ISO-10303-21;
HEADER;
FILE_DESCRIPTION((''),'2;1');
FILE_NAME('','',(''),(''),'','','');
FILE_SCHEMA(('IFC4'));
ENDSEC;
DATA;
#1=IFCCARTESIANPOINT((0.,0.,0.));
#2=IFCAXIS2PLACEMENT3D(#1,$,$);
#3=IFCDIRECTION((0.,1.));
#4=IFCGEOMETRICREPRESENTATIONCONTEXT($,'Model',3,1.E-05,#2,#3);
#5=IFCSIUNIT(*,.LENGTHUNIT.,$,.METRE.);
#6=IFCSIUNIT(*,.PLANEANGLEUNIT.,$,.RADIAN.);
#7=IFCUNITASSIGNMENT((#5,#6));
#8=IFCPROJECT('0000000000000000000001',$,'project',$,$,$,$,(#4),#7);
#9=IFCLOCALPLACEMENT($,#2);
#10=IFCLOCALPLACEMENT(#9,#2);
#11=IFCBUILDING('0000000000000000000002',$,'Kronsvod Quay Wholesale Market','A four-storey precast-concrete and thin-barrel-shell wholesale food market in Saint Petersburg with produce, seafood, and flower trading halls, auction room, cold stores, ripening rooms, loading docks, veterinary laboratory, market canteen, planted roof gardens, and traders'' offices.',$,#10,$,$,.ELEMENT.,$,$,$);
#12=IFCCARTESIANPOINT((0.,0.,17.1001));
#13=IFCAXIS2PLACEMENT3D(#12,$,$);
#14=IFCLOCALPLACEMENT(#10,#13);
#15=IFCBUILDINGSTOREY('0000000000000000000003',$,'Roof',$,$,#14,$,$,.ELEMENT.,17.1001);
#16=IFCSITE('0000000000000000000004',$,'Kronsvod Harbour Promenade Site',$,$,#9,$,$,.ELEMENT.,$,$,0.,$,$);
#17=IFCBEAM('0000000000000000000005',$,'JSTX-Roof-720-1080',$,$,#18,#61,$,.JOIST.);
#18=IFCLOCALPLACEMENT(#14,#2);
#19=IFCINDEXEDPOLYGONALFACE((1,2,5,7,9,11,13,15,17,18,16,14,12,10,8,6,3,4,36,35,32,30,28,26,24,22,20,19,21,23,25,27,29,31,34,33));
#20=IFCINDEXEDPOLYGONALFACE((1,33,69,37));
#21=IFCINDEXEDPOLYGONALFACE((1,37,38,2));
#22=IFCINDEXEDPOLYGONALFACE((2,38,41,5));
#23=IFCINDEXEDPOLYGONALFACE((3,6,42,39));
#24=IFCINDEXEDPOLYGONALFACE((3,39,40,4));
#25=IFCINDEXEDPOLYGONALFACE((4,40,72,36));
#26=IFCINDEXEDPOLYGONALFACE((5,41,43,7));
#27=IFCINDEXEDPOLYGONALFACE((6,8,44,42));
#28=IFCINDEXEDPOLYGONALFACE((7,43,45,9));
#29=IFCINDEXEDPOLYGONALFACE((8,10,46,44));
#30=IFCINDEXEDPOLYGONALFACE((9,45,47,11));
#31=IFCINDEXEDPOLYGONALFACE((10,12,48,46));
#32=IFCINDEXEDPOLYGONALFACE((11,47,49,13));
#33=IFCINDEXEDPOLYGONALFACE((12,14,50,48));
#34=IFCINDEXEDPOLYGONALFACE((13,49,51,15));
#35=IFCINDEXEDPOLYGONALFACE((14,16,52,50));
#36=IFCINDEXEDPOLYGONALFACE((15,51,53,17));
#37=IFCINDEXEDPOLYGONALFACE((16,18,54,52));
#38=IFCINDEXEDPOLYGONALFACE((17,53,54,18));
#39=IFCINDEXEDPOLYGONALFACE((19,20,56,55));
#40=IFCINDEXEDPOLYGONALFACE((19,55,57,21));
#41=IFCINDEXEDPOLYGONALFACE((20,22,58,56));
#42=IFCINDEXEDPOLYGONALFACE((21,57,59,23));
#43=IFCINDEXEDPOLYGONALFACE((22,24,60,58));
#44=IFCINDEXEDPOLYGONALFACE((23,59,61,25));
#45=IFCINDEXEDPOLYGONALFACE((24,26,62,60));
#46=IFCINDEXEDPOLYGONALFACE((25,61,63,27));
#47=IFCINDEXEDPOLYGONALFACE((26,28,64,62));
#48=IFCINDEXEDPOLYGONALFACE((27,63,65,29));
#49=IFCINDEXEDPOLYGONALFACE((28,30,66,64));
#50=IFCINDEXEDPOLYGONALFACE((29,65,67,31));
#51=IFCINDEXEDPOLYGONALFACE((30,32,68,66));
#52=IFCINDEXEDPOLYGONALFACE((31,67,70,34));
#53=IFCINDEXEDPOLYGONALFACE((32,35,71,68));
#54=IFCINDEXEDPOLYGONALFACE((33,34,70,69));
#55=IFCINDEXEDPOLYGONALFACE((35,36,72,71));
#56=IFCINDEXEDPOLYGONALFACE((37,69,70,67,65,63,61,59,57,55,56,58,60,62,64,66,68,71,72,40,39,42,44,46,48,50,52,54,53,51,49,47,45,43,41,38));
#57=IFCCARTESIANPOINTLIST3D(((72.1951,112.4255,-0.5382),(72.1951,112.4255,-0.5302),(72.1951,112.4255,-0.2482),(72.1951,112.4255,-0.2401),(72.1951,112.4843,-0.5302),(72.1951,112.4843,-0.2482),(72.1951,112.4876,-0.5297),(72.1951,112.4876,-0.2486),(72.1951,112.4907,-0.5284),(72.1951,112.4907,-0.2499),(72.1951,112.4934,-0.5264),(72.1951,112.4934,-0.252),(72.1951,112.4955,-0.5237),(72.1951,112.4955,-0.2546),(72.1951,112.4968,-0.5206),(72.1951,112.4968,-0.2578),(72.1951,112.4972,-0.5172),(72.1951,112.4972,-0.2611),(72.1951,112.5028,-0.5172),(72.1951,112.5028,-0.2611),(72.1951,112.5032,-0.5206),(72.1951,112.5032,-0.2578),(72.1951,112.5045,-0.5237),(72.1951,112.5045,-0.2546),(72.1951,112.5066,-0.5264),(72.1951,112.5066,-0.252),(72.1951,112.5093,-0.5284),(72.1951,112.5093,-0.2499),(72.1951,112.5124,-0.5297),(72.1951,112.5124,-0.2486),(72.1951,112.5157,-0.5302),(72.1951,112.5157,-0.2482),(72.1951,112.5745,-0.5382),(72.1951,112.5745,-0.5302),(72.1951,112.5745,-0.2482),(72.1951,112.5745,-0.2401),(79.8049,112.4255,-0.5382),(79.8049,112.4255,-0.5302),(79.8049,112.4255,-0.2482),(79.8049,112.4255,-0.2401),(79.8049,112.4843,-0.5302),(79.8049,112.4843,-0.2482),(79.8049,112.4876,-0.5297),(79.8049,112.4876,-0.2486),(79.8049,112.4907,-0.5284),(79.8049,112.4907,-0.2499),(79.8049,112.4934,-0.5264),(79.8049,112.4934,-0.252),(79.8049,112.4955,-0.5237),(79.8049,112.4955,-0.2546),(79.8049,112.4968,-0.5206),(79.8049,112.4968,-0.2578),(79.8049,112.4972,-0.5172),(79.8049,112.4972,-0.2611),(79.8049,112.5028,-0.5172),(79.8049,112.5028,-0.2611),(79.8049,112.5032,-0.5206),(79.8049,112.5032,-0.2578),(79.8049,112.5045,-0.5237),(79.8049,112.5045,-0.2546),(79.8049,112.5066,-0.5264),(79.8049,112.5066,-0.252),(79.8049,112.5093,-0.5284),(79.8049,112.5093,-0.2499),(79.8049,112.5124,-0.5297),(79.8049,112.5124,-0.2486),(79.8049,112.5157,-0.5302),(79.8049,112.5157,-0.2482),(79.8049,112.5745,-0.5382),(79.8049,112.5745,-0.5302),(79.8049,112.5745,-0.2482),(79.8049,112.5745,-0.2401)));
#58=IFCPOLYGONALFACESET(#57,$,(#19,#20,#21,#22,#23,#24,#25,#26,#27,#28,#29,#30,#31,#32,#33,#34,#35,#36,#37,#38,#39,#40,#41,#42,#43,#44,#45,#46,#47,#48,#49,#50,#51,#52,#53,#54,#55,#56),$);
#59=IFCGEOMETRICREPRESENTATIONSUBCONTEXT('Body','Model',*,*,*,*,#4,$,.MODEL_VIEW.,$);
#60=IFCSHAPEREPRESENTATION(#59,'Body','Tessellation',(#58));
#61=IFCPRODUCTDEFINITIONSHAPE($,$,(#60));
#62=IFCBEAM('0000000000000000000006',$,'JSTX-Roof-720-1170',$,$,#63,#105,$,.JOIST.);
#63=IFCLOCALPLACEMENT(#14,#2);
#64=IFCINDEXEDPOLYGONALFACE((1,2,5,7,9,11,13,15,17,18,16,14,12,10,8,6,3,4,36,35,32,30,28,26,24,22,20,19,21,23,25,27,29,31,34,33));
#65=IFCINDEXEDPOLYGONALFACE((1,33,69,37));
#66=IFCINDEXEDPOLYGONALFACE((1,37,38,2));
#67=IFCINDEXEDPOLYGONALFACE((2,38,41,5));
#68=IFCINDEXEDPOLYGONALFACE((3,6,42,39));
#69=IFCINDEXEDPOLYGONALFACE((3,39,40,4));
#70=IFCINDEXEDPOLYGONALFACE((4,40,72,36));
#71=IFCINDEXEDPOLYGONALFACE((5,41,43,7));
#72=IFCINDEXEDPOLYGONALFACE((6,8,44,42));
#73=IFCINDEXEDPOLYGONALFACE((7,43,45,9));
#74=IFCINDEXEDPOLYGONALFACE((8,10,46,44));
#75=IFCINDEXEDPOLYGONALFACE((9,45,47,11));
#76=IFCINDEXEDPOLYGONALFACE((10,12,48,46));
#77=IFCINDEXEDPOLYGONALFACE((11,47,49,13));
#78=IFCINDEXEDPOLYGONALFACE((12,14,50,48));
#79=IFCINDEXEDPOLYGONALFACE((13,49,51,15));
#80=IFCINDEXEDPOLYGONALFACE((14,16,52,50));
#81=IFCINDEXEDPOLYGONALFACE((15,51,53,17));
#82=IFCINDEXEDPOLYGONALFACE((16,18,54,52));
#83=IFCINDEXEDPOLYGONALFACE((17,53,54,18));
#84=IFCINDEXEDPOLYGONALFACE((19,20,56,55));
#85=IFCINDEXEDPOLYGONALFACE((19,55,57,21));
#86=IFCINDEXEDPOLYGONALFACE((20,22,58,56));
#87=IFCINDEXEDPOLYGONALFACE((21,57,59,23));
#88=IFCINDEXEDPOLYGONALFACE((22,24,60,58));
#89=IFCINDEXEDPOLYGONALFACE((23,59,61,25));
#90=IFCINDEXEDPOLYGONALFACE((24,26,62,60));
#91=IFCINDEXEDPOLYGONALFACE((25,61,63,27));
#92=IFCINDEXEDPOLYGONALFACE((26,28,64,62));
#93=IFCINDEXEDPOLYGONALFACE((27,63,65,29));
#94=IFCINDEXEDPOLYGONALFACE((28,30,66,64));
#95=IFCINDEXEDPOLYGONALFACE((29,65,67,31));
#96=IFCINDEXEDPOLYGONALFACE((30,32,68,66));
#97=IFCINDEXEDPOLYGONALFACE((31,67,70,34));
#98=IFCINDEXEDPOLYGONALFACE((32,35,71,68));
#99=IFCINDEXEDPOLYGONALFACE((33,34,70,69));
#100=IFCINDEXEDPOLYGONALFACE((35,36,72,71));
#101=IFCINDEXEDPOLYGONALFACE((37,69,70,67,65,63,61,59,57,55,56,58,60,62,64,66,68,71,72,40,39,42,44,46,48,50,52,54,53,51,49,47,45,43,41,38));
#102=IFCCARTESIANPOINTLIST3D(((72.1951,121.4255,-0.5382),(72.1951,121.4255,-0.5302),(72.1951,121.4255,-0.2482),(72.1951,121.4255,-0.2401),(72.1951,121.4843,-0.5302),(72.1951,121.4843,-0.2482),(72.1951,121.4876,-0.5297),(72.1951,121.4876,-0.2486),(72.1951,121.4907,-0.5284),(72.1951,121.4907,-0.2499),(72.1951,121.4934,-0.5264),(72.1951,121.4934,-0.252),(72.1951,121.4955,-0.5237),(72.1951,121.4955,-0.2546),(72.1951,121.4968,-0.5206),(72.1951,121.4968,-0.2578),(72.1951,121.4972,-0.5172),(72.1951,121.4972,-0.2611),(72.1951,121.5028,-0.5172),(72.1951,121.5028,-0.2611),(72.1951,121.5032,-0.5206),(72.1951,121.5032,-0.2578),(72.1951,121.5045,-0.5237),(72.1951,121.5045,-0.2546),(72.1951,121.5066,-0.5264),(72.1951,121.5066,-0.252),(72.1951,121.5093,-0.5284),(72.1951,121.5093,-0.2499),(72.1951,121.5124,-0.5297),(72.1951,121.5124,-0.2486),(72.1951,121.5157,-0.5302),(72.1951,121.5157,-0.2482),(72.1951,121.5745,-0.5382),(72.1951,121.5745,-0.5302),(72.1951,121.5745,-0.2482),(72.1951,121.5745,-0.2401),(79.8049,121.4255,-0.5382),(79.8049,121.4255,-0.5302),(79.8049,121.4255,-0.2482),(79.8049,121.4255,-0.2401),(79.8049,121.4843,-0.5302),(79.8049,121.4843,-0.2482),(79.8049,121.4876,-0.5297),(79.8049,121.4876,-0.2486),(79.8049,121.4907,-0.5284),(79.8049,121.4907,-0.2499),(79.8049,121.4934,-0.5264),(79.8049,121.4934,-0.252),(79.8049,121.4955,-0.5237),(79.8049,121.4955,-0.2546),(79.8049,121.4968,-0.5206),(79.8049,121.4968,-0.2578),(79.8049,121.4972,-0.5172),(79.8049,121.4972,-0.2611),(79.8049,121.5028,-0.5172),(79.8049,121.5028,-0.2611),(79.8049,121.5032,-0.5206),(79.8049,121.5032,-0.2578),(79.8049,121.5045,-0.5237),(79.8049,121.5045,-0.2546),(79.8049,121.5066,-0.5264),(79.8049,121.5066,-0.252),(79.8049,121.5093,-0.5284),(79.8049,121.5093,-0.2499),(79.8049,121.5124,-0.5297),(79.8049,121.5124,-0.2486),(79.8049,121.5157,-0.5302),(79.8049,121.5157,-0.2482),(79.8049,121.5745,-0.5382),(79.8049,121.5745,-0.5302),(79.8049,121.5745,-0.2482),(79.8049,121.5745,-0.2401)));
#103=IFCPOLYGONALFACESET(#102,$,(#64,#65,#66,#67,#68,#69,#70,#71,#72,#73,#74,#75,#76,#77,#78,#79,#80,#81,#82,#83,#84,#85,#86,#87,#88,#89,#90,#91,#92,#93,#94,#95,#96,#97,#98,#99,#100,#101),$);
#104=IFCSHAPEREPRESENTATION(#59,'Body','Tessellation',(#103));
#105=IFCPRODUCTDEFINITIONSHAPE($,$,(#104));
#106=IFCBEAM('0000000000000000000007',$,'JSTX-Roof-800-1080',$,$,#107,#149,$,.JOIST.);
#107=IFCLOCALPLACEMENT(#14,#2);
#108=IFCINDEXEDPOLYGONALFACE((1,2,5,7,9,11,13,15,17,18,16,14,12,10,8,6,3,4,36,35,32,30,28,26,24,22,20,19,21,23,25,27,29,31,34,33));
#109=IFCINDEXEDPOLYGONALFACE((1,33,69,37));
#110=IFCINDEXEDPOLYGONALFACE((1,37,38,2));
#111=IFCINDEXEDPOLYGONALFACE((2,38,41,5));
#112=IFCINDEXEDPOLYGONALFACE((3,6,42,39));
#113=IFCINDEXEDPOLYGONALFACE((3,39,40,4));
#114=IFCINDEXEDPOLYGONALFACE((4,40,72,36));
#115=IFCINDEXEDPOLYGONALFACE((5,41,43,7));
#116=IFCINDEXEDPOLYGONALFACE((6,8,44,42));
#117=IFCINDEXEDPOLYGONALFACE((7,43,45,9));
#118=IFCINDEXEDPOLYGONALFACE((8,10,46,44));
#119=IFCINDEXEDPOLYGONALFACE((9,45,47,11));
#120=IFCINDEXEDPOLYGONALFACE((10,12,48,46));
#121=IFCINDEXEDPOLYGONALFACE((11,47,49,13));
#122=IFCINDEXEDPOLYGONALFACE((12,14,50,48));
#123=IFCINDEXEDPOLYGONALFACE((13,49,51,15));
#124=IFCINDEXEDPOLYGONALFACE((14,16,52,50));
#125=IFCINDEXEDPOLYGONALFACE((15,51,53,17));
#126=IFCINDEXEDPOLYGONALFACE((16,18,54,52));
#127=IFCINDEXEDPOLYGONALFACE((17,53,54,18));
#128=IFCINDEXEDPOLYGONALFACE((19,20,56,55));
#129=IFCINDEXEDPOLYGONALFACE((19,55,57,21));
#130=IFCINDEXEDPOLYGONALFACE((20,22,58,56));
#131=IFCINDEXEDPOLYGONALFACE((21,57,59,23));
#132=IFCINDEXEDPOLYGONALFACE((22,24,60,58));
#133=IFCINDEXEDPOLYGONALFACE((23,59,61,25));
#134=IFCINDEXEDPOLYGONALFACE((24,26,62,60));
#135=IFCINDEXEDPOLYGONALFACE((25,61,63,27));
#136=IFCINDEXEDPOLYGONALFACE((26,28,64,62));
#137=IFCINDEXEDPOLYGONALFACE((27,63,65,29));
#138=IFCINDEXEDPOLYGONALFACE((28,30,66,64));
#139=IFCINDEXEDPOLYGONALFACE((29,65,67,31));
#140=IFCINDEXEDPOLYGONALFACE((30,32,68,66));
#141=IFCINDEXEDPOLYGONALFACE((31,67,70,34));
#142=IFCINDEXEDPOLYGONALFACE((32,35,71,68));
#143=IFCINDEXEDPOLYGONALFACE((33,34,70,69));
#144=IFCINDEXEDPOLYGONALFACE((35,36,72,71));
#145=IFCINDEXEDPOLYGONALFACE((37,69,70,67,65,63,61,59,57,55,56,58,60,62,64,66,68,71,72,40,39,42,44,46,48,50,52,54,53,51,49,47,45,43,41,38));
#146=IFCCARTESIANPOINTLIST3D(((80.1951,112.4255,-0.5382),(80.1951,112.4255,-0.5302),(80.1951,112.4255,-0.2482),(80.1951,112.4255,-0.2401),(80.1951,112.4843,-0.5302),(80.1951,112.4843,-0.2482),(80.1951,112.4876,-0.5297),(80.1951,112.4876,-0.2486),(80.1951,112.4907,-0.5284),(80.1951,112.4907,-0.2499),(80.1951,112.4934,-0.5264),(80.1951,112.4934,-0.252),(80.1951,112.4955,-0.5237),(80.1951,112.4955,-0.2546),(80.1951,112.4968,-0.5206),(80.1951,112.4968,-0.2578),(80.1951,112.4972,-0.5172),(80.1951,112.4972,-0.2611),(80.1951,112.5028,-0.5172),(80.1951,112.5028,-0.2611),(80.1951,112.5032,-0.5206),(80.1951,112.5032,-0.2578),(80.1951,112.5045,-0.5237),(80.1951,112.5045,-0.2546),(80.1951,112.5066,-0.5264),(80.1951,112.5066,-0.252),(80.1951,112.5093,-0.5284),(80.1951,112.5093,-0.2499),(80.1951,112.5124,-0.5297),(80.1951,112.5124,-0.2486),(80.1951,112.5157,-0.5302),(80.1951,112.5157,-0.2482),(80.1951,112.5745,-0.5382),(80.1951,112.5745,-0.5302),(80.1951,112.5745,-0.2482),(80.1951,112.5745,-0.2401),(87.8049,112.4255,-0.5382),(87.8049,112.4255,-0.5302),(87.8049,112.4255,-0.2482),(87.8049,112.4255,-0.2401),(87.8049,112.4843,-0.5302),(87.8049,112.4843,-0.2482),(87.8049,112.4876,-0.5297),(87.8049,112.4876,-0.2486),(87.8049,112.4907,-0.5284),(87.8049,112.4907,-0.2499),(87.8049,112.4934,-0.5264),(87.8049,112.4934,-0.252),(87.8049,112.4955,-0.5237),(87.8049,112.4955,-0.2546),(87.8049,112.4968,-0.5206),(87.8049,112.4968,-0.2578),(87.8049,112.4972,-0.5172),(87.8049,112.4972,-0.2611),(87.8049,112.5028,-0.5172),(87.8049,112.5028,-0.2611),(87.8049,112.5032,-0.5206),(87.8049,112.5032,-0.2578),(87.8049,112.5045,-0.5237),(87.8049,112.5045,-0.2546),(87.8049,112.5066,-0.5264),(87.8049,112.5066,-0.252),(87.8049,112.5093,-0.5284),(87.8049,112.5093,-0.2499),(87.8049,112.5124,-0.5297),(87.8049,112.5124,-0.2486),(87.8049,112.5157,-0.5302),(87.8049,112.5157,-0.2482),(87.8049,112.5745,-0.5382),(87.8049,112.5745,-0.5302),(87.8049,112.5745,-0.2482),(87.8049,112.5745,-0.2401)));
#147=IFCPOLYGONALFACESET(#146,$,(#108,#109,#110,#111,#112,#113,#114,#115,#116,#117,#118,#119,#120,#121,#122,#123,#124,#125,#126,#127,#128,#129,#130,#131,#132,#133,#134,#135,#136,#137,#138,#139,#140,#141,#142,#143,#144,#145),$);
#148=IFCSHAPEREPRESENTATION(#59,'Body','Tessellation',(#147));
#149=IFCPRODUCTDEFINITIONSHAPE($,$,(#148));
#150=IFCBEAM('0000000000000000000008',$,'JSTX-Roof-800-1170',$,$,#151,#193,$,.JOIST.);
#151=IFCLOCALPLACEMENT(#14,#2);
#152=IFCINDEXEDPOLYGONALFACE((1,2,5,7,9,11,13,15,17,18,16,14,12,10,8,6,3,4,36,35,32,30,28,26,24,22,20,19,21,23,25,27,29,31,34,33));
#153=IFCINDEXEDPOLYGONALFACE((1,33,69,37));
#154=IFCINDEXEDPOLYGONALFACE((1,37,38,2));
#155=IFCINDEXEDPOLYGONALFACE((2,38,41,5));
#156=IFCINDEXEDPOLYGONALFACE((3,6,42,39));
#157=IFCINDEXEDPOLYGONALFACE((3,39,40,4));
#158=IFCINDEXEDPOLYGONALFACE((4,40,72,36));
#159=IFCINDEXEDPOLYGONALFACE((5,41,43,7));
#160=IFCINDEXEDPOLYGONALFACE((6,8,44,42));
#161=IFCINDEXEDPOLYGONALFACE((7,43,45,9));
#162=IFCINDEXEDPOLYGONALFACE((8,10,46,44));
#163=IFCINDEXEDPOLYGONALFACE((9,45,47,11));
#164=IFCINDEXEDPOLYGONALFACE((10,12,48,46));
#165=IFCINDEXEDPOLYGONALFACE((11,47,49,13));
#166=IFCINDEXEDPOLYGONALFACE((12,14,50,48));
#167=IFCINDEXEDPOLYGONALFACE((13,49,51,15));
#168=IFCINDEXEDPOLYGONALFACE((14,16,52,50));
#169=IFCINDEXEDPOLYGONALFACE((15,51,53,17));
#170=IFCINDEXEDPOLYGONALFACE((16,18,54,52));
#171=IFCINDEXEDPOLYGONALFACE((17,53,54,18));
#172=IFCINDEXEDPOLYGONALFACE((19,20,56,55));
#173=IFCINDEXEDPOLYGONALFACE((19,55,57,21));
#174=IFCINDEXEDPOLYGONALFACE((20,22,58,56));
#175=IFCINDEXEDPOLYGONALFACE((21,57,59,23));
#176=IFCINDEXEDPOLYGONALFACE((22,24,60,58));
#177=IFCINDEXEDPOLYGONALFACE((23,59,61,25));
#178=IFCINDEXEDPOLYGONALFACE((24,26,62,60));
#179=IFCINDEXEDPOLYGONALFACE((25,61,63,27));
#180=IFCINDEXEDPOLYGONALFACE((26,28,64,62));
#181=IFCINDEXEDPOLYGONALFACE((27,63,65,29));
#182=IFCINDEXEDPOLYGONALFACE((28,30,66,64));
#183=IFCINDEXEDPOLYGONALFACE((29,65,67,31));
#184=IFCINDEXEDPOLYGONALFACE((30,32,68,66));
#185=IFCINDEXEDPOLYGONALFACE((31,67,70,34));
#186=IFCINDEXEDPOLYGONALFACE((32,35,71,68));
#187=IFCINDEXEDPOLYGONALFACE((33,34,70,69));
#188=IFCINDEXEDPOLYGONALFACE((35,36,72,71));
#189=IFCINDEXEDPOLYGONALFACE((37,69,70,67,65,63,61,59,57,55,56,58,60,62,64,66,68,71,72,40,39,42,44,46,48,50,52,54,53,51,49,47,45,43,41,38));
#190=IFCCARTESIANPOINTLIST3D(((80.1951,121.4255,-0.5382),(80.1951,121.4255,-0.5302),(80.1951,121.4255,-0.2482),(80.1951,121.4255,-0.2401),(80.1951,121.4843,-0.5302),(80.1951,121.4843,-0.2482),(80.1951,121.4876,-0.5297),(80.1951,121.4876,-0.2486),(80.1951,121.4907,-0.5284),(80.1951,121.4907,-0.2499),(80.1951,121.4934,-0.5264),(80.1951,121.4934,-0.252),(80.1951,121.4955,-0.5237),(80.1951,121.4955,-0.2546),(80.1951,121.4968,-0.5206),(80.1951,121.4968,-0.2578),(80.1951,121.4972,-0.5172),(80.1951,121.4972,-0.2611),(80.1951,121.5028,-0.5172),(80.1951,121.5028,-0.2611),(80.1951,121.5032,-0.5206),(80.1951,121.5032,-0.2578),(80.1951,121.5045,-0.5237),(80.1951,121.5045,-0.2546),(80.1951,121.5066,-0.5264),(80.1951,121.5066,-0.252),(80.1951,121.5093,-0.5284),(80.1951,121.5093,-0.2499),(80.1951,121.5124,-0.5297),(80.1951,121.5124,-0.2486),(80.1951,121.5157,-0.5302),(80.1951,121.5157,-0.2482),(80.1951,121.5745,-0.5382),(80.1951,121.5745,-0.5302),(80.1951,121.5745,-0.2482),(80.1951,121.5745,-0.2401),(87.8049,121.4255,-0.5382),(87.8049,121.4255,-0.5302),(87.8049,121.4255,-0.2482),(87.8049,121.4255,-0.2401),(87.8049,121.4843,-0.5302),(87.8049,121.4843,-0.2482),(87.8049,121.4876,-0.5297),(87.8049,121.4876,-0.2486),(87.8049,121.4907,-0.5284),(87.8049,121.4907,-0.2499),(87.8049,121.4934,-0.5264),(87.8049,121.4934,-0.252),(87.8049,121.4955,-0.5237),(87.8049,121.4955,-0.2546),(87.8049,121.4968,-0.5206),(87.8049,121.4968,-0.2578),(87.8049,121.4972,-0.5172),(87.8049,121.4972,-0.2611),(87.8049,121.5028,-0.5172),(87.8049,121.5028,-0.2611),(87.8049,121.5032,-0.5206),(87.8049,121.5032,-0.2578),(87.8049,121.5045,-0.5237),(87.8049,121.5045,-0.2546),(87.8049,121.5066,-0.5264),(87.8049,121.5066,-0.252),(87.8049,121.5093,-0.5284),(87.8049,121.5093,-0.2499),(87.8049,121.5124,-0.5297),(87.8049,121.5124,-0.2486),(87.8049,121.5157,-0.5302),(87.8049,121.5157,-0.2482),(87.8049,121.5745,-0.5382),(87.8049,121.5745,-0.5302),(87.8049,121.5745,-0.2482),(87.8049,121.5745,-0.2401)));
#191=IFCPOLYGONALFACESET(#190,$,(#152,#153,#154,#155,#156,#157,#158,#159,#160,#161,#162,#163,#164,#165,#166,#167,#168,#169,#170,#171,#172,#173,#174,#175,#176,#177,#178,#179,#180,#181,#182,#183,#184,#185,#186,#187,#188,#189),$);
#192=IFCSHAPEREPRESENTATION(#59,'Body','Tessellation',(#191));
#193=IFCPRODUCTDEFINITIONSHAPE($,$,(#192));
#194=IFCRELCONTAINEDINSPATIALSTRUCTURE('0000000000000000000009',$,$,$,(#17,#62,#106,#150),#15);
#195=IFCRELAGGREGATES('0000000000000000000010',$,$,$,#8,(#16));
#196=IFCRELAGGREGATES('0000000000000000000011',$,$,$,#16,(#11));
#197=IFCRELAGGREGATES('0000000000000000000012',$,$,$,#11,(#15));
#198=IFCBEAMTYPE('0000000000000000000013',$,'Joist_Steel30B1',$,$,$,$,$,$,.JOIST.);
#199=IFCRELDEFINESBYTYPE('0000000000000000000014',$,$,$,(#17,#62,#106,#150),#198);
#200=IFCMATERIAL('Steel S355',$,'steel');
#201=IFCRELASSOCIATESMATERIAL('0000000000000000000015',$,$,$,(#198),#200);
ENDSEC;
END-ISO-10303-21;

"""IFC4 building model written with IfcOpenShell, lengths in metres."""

from ifc_helpers import new_model, si_unit, direction, frame, origin, origin_2d, place, context, subcontext, project, spatial, i_section, extrude, material, material_profile, profile_set, type_object, element, save


model = new_model("IFC4")

# Units and contexts
model_context = context("Model", 3, precision=1e-05, world=origin(), true_north=direction((0.0, 1.0)))
body_context = subcontext(model_context, "Body", "Model", "MODEL_VIEW")
ifc_project = project(units=[si_unit("LENGTHUNIT", "METRE"), si_unit("PLANEANGLEUNIT", "RADIAN")], contexts=[model_context])

# Site, building, storey
site_placement = place(None, origin())
site = spatial("IfcSite", under=ifc_project, at=site_placement, Name="Kronsvod Harbour Promenade Site", CompositionType="ELEMENT", RefElevation=0.0)
building_placement = place(site_placement, origin())
building = spatial("IfcBuilding", under=site, at=building_placement, Name="Kronsvod Quay Wholesale Market", Description="A four-storey precast-concrete and thin-barrel-shell wholesale food market in Saint Petersburg with produce, seafood, and flower trading halls, auction room, cold stores, ripening rooms, loading docks, veterinary laboratory, market canteen, planted roof gardens, and traders' offices.", CompositionType="ELEMENT")
storey_placement = place(building_placement, frame((0.0, 0.0, 17.1001)))
storey = spatial("IfcBuildingStorey", under=building, at=storey_placement, Name="Roof", CompositionType="ELEMENT", Elevation=17.1001)

# Beams
ifc_material_1 = material(Name="Steel S355", Category="steel")
ifc_material_profile_1 = material_profile(ifc_material_1, i_section(OverallWidth=0.1489, OverallDepth=0.2981, WebThickness=0.0056, FlangeThickness=0.0081, FilletRadius=0.0129, at=origin_2d()), Name="30B1")
ifc_profile_set_1 = profile_set([ifc_material_profile_1], Name="Steel S355")
beam_type_1 = type_object("IfcBeamType", Name="Joist_Steel30B1", PredefinedType="JOIST", material=ifc_profile_set_1)
for number, where, z_axis, x_axis, name in (
    (1, (72.1951, 112.5, -0.3892), (1.0, 0.0, 0.0), (0.0, 1.0, 0.0), "JSTX-Roof-720-1080"),
    (2, (72.1951, 121.5, -0.3892), (1.0, 0.0, 0.0), (0.0, 1.0, 0.0), "JSTX-Roof-720-1170"),
    (3, (80.1951, 112.5, -0.3892), (1.0, 0.0, 0.0), (0.0, 1.0, 0.0), "JSTX-Roof-800-1080"),
    (4, (80.1951, 121.5, -0.3892), (1.0, 0.0, 0.0), (0.0, 1.0, 0.0), "JSTX-Roof-800-1170"),
):
    element("IfcBeam", number, at=place(storey_placement, frame(where, z_axis=z_axis, x_axis=x_axis)), inside=storey, type_object=beam_type_1, Name=name, PredefinedType="JOIST", context=body_context, shape_type="SweptSolid", body=[
        extrude(i_section(OverallWidth=0.1489, OverallDepth=0.2981, WebThickness=0.0056, FlangeThickness=0.0081, FilletRadius=0.0129, at=origin_2d()), origin(), (0.0, 0.0, 1.0), 7.6099),
    ])

save(model, "model.ifc")
